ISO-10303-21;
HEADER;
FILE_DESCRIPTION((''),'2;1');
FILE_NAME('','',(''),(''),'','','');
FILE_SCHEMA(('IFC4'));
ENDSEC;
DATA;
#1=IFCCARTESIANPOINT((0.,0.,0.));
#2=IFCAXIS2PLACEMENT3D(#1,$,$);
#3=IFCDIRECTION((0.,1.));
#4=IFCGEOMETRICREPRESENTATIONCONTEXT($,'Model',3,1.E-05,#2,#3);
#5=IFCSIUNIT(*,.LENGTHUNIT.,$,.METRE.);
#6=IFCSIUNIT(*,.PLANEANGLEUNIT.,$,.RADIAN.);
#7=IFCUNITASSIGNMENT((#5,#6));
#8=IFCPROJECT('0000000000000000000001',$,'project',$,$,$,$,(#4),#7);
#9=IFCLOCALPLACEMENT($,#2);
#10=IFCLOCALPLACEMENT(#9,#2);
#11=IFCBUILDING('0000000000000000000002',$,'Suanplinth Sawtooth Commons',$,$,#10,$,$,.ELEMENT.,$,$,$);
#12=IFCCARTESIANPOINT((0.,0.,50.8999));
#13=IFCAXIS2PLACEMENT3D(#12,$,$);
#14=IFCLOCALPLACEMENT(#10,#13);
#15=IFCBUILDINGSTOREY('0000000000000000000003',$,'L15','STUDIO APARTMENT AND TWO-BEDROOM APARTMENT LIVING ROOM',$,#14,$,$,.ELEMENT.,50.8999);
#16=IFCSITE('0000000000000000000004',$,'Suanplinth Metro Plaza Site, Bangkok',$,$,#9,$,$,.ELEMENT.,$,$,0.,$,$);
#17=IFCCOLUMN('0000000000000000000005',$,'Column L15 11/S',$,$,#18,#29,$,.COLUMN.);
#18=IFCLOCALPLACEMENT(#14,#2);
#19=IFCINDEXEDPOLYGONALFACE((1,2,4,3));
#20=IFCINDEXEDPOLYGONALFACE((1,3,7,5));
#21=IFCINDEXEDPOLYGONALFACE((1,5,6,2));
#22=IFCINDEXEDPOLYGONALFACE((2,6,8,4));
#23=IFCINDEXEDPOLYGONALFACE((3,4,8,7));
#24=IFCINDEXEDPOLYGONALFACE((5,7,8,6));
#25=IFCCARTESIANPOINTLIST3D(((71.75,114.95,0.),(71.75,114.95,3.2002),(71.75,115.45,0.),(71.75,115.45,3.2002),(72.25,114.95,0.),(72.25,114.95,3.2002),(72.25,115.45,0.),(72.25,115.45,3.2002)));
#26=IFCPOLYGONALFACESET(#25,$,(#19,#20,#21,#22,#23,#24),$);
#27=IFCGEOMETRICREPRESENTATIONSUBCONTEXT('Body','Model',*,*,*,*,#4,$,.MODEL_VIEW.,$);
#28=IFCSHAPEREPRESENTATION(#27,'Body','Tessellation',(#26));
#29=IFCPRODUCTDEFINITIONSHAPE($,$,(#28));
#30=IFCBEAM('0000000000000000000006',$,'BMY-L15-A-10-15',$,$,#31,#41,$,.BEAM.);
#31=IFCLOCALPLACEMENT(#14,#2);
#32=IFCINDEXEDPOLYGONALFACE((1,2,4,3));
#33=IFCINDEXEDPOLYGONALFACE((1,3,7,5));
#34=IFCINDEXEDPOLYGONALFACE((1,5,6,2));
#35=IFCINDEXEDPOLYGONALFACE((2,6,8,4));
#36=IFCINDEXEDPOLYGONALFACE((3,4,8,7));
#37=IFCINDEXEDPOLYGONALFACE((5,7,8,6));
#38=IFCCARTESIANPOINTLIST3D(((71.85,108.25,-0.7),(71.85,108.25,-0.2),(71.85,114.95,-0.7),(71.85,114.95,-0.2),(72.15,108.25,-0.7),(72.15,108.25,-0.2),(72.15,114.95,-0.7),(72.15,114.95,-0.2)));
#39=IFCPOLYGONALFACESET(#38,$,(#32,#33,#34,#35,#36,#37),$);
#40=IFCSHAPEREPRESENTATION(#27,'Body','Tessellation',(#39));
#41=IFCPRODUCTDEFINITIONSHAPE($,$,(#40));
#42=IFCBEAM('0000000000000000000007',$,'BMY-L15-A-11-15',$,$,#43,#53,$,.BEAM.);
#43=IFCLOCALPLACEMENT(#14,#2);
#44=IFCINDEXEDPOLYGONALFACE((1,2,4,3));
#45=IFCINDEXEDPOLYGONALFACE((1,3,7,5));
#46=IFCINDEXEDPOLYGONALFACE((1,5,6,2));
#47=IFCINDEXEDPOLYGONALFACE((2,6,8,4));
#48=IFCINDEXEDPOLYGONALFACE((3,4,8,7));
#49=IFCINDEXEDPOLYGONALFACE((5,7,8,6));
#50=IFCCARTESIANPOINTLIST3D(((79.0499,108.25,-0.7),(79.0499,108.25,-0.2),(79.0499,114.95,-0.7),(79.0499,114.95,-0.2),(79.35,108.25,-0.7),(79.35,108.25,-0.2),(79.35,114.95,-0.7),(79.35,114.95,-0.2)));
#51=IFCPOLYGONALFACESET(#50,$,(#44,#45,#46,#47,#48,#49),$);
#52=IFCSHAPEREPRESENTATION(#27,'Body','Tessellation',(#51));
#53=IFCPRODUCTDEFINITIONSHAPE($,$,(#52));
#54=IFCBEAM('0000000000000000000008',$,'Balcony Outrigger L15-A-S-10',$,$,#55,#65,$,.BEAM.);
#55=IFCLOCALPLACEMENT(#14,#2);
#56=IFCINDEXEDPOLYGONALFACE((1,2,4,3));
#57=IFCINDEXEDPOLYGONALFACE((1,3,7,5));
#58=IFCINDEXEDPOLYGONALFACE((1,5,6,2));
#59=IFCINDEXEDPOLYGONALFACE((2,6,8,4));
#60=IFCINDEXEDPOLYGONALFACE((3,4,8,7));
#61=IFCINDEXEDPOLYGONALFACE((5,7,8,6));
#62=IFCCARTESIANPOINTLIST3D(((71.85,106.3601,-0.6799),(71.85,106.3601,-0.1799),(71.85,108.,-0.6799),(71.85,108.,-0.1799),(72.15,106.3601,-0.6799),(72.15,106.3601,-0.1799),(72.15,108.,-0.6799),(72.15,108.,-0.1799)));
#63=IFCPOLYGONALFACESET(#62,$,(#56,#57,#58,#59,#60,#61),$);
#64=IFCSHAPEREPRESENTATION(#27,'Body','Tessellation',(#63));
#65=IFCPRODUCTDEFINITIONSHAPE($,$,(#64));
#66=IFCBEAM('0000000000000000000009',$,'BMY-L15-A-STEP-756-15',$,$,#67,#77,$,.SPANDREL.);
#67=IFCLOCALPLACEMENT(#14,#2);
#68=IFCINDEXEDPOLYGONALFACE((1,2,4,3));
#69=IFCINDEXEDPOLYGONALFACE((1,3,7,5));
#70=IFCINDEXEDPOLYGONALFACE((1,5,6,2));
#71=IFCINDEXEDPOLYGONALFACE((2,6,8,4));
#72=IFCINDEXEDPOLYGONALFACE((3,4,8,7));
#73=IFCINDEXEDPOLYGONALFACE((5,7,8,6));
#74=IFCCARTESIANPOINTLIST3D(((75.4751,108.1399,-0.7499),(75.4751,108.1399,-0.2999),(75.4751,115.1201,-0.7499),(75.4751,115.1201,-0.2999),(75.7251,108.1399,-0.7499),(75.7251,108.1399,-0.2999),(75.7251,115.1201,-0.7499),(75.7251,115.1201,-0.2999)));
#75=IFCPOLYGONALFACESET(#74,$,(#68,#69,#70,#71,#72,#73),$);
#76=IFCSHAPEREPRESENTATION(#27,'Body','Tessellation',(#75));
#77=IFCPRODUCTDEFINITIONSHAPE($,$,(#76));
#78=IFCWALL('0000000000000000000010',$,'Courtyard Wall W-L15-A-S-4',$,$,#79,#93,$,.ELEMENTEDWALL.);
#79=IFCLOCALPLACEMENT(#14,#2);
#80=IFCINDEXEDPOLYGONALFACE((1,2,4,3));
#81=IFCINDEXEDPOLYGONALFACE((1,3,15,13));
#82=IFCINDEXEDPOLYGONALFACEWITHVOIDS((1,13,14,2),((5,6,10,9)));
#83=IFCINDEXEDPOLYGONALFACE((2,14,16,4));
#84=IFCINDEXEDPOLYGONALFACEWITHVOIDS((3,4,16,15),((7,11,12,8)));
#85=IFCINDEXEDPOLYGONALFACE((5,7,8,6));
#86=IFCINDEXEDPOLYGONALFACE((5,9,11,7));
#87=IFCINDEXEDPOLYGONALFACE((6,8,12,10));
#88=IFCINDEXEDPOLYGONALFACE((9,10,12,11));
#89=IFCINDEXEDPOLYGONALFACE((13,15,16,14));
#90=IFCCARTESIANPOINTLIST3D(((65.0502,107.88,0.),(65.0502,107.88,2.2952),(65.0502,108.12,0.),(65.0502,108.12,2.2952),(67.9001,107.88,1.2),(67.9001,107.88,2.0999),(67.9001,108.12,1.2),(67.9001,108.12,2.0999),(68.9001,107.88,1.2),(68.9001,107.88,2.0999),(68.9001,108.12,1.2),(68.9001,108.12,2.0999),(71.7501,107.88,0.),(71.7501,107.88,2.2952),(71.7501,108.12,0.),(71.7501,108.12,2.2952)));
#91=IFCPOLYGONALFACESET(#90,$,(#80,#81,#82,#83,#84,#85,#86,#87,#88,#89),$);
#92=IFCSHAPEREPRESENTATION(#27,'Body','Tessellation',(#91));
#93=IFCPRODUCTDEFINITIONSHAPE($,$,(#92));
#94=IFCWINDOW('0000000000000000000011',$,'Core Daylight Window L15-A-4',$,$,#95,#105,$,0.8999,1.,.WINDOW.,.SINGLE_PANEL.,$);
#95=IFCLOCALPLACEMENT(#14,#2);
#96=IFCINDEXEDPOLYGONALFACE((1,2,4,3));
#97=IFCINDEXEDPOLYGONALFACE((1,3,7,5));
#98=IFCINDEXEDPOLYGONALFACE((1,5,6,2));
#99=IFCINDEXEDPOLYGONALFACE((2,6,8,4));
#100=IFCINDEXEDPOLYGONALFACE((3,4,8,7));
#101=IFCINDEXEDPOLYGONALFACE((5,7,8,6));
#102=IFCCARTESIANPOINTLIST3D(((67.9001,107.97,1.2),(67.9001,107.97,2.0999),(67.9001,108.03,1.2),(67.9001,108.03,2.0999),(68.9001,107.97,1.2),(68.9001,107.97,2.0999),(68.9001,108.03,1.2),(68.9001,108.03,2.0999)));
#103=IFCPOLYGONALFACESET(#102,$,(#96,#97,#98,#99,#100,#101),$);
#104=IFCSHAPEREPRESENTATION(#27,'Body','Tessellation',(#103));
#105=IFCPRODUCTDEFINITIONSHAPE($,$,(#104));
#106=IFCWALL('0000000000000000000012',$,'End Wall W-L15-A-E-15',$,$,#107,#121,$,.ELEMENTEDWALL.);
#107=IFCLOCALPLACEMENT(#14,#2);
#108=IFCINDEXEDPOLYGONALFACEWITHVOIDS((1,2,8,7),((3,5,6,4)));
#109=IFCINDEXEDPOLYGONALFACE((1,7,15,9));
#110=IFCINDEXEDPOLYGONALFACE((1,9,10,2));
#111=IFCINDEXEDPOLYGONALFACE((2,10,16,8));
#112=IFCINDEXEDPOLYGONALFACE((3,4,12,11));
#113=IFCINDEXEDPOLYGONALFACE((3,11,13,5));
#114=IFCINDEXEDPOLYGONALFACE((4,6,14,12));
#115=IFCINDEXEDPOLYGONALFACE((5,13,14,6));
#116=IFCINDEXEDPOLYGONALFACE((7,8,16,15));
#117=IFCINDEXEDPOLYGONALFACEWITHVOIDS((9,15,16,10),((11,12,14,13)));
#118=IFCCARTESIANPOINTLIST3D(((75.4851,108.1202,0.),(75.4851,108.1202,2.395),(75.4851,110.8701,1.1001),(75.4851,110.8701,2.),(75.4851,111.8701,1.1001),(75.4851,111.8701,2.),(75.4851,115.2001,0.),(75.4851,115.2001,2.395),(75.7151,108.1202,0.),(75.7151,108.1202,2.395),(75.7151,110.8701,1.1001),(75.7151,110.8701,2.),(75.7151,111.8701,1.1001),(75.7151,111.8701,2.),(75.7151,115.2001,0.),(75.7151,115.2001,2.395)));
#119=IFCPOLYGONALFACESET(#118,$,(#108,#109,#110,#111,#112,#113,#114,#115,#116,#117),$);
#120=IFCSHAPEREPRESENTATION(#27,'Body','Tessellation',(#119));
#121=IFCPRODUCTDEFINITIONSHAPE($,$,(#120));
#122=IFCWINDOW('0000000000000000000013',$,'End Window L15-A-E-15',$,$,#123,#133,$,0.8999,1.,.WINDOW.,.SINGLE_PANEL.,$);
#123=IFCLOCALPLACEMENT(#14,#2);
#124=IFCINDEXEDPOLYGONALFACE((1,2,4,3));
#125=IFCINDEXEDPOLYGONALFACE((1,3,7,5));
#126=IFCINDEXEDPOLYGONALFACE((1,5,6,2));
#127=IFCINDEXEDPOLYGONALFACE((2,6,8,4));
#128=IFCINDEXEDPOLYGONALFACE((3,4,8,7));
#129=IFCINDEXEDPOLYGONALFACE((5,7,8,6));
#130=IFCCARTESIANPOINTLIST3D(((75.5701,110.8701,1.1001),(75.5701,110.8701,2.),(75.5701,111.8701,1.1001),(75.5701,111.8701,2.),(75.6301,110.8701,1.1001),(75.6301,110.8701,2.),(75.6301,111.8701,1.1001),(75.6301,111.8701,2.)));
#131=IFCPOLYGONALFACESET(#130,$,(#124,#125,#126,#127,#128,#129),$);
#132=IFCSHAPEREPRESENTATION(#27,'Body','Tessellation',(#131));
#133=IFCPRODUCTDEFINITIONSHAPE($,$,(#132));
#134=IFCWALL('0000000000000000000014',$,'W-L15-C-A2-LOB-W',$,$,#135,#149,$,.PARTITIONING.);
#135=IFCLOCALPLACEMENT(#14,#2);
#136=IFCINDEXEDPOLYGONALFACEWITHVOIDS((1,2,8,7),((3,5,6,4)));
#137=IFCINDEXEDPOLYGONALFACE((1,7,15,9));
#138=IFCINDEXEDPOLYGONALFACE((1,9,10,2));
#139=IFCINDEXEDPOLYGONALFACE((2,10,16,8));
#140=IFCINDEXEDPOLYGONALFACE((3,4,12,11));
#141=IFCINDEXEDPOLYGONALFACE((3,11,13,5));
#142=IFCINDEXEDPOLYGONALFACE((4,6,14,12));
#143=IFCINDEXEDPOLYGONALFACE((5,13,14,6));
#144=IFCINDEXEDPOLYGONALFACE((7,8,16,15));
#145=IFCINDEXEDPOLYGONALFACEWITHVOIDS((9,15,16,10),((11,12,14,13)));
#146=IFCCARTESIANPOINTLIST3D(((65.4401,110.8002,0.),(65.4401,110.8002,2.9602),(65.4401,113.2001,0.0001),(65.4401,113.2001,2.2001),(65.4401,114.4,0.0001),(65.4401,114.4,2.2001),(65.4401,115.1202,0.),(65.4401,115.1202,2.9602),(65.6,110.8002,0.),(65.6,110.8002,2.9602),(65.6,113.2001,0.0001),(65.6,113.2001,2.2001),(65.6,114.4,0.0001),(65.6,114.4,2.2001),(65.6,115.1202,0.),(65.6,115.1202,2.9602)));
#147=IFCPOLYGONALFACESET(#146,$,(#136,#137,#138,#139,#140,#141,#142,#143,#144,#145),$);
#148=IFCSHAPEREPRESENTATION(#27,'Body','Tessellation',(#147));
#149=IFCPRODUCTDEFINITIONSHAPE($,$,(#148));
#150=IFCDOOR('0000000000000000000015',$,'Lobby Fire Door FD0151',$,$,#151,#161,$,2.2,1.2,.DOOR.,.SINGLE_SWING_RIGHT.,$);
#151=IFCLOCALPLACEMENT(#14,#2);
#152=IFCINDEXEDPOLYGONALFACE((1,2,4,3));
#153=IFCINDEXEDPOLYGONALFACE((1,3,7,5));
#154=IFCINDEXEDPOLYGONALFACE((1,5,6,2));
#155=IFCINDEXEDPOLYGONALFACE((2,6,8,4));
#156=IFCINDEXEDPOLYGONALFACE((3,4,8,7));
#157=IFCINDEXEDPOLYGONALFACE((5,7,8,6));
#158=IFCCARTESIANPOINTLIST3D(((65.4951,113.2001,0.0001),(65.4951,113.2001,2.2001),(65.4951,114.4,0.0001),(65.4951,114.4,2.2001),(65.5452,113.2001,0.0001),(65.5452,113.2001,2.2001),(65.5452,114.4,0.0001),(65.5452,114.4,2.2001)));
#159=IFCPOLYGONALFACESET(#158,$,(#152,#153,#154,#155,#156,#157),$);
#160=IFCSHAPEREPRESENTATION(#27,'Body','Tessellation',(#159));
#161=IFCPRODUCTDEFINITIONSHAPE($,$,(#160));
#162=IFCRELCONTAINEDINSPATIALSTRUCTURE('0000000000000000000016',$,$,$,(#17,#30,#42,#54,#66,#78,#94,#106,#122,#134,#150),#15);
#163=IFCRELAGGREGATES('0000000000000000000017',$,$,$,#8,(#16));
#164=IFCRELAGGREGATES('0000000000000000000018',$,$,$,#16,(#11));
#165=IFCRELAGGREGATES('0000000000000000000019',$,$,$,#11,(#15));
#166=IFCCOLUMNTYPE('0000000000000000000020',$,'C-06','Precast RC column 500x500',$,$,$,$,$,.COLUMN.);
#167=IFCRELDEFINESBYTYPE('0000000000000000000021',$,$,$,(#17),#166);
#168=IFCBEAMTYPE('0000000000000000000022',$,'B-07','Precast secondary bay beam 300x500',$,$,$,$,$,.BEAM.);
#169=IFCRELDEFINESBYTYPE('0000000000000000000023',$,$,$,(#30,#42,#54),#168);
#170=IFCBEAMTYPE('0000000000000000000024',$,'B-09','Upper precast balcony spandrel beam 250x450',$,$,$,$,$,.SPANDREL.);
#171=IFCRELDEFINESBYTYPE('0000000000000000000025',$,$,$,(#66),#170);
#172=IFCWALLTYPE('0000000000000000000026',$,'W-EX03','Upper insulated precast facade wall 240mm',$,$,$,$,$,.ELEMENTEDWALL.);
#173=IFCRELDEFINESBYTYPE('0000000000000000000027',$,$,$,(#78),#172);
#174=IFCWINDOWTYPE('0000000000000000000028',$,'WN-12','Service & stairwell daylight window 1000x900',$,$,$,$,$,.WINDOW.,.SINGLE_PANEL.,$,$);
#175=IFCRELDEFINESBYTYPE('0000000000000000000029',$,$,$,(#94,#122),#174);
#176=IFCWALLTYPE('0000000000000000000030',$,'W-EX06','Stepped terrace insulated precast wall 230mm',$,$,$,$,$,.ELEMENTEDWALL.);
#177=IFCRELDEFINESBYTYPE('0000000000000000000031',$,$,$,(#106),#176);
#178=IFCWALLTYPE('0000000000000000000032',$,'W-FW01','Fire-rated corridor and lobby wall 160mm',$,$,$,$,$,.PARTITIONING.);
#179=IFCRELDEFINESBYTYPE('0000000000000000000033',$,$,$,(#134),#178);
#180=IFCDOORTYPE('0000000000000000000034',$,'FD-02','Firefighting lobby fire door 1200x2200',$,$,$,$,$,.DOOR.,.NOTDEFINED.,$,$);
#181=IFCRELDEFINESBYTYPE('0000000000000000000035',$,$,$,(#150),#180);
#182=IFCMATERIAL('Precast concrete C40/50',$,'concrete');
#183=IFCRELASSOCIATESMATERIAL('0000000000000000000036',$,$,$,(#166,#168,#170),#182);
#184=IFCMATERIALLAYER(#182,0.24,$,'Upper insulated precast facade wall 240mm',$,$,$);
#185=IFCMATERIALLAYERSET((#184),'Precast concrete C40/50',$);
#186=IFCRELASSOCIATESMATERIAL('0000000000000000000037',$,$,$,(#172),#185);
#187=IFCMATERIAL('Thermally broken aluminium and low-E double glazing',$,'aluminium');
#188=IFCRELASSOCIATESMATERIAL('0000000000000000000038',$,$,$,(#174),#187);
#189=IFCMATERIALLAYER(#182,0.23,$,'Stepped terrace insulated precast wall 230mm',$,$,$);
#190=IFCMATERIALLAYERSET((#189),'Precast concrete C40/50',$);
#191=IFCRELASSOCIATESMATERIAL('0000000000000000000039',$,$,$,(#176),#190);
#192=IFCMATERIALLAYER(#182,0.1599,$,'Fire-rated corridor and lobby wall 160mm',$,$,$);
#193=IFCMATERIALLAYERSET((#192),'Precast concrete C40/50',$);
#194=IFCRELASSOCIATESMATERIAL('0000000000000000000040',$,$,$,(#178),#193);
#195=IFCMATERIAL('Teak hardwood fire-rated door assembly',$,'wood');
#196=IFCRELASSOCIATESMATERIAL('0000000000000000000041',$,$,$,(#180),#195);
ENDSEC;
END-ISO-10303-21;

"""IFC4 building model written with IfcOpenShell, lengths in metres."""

from ifc_helpers import new_model, si_unit, direction, frame, frame_2d, origin, origin_2d, place, context, subcontext, project, spatial, rectangle, extrude, material, layer, layer_set, material_profile, profile_set, type_object, element, fill, save


model = new_model("IFC4")

# Units and contexts
model_context = context("Model", 3, precision=1e-05, world=origin(), true_north=direction((0.0, 1.0)))
body_context = subcontext(model_context, "Body", "Model", "MODEL_VIEW")
ifc_project = project(units=[si_unit("LENGTHUNIT", "METRE"), si_unit("PLANEANGLEUNIT", "RADIAN")], contexts=[model_context])

# Site, building, storey
site_placement = place(None, origin())
site = spatial("IfcSite", under=ifc_project, at=site_placement, Name="Suanplinth Metro Plaza Site, Bangkok", CompositionType="ELEMENT", RefElevation=0.0)
building_placement = place(site_placement, origin())
building = spatial("IfcBuilding", under=site, at=building_placement, Name="Suanplinth Sawtooth Commons", CompositionType="ELEMENT")
storey_placement = place(building_placement, frame((0.0, 0.0, 50.8999)))
storey = spatial("IfcBuildingStorey", under=building, at=storey_placement, Name="L15", Description="STUDIO APARTMENT AND TWO-BEDROOM APARTMENT LIVING ROOM", CompositionType="ELEMENT", Elevation=50.8999)

# Column
ifc_material_1 = material(Name="Precast concrete C40/50", Category="concrete")
ifc_material_profile_1 = material_profile(ifc_material_1, rectangle(XDim=0.5, YDim=0.5, at=origin_2d()), Name="PC-COL 500x500")
ifc_profile_set_1 = profile_set([ifc_material_profile_1], Name="Precast concrete C40/50")
column_type = type_object("IfcColumnType", Name="C-06", Description="Precast RC column 500x500", PredefinedType="COLUMN", material=ifc_profile_set_1)
column_placement = place(storey_placement, frame((72.0, 115.2, 0.0), z_axis=(0.0, 0.0, 1.0), x_axis=(1.0, 0.0, 0.0)))
element("IfcColumn", 1, at=column_placement, inside=storey, type_object=column_type, Name="Column L15 11/S", PredefinedType="COLUMN", context=body_context, shape_type="SweptSolid", body=[
    extrude(rectangle(XDim=0.5, YDim=0.5, at=origin_2d()), origin(), (0.0, 0.0, 1.0), 3.2002),
])

# Beams
ifc_material_profile_2 = material_profile(ifc_material_1, rectangle(XDim=0.3, YDim=0.5, at=origin_2d()), Name="PC-BM 300x500")
ifc_profile_set_2 = profile_set([ifc_material_profile_2], Name="Precast concrete C40/50")
beam_type_1 = type_object("IfcBeamType", Name="B-07", Description="Precast secondary bay beam 300x500", PredefinedType="BEAM", material=ifc_profile_set_2)
for number, where, z_axis, x_axis, name in (
    (2, (72.0, 108.25, -0.45), (0.0, 1.0, 0.0), (-1.0, 0.0, 0.0), "BMY-L15-A-10-15"),
    (3, (79.2, 108.25, -0.45), (0.0, 1.0, 0.0), (-1.0, 0.0, 0.0), "BMY-L15-A-11-15"),
):
    element("IfcBeam", number, at=place(storey_placement, frame(where, z_axis=z_axis, x_axis=x_axis)), inside=storey, type_object=beam_type_1, Name=name, PredefinedType="BEAM", context=body_context, shape_type="SweptSolid", body=[
        extrude(rectangle(XDim=0.3, YDim=0.5, at=origin_2d()), origin(), (0.0, 0.0, 1.0), 6.7),
    ])
beam_1_placement = place(storey_placement, frame((72.0, 108.0, -0.4299), z_axis=(0.0, -1.0, 0.0), x_axis=(1.0, 0.0, 0.0)))
element("IfcBeam", 4, at=beam_1_placement, inside=storey, type_object=beam_type_1, Name="Balcony Outrigger L15-A-S-10", PredefinedType="BEAM", context=body_context, shape_type="SweptSolid", body=[
    extrude(rectangle(XDim=0.3, YDim=0.5, at=origin_2d()), origin(), (0.0, 0.0, 1.0), 1.6399),
])
ifc_material_profile_3 = material_profile(ifc_material_1, rectangle(XDim=0.25, YDim=0.45, at=origin_2d()), Name="PC-SP 250x450")
ifc_profile_set_3 = profile_set([ifc_material_profile_3], Name="Precast concrete C40/50")
beam_type_2 = type_object("IfcBeamType", Name="B-09", Description="Upper precast balcony spandrel beam 250x450", PredefinedType="SPANDREL", material=ifc_profile_set_3)
beam_2_placement = place(storey_placement, frame((75.6001, 108.1399, -0.5249), z_axis=(0.0, 1.0, 0.0), x_axis=(-1.0, 0.0, 0.0)))
element("IfcBeam", 5, at=beam_2_placement, inside=storey, type_object=beam_type_2, Name="BMY-L15-A-STEP-756-15", PredefinedType="SPANDREL", context=body_context, shape_type="SweptSolid", body=[
    extrude(rectangle(XDim=0.25, YDim=0.45, at=origin_2d()), origin(), (0.0, 0.0, 1.0), 6.9802),
])

# Wall, opening, window
ifc_layer_1 = layer(ifc_material_1, 0.24, Name="Upper insulated precast facade wall 240mm")
ifc_layer_set_1 = layer_set([ifc_layer_1], Name="Precast concrete C40/50")
wall_type_1 = type_object("IfcWallType", Name="W-EX03", Description="Upper insulated precast facade wall 240mm", PredefinedType="ELEMENTEDWALL", material=ifc_layer_set_1)
wall_1_placement = place(storey_placement, frame((65.05, 108.0, 0.0), z_axis=(0.0, 0.0, 1.0), x_axis=(1.0, 0.0, 0.0)))
wall_1 = element("IfcWall", 6, at=wall_1_placement, inside=storey, type_object=wall_type_1, Name="Courtyard Wall W-L15-A-S-4", PredefinedType="ELEMENTEDWALL", context=body_context, shape_type="SweptSolid", body=[
    extrude(rectangle(XDim=6.7, YDim=0.24, at=frame_2d((3.3501, 0.0))), origin(), (0.0, 0.0, 1.0), 2.2952),
])
opening_1_placement = place(wall_1_placement, frame((2.8501, 0.0, 1.2)))
opening_1 = element("IfcOpeningElement", 7, at=opening_1_placement, cuts=wall_1, PredefinedType="OPENING", context=body_context, shape_type="SweptSolid", body=[
    extrude(rectangle(XDim=1.0, YDim=0.8999, at=frame_2d((0.5, 0.45))), frame((0.0, 0.1348, 0.0), z_axis=(0.0, -1.0, 0.0), x_axis=(1.0, 0.0, 0.0)), (0.0, 0.0, 1.0), 0.2698),
])
ifc_material_2 = material(Name="Thermally broken aluminium and low-E double glazing", Category="aluminium")
window_type = type_object("IfcWindowType", Name="WN-12", Description="Service & stairwell daylight window 1000x900", PartitioningType="SINGLE_PANEL", PredefinedType="WINDOW", material=ifc_material_2)
window_1_placement = place(opening_1_placement, origin())
window_1 = element("IfcWindow", 8, at=window_1_placement, inside=storey, type_object=window_type, Name="Core Daylight Window L15-A-4", OverallHeight=0.8999, OverallWidth=1.0, PartitioningType="SINGLE_PANEL", PredefinedType="WINDOW", context=body_context, shape_type="SweptSolid", body=[
    extrude(rectangle(XDim=1.0, YDim=0.8999, at=frame_2d((0.5, 0.45))), frame((0.0, 0.03, 0.0), z_axis=(0.0, -1.0, 0.0), x_axis=(1.0, 0.0, 0.0)), (0.0, 0.0, 1.0), 0.0601),
])
fill(opening_1, window_1)

# Wall, opening, window
ifc_layer_2 = layer(ifc_material_1, 0.23, Name="Stepped terrace insulated precast wall 230mm")
ifc_layer_set_2 = layer_set([ifc_layer_2], Name="Precast concrete C40/50")
wall_type_2 = type_object("IfcWallType", Name="W-EX06", Description="Stepped terrace insulated precast wall 230mm", PredefinedType="ELEMENTEDWALL", material=ifc_layer_set_2)
wall_2_placement = place(storey_placement, frame((75.6001, 108.1201, 0.0), z_axis=(0.0, 0.0, 1.0), x_axis=(0.0, 1.0, 0.0)))
wall_2 = element("IfcWall", 9, at=wall_2_placement, inside=storey, type_object=wall_type_2, Name="End Wall W-L15-A-E-15", PredefinedType="ELEMENTEDWALL", context=body_context, shape_type="SweptSolid", body=[
    extrude(rectangle(XDim=7.0798, YDim=0.23, at=frame_2d((3.54, 0.0))), origin(), (0.0, 0.0, 1.0), 2.395),
])
opening_2_placement = place(wall_2_placement, frame((2.75, 0.0, 1.1001)))
opening_2 = element("IfcOpeningElement", 10, at=opening_2_placement, cuts=wall_2, PredefinedType="OPENING", context=body_context, shape_type="SweptSolid", body=[
    extrude(rectangle(XDim=1.0, YDim=0.8999, at=frame_2d((0.5, 0.45))), frame((0.0, 0.1299, 0.0), z_axis=(0.0, -1.0, 0.0), x_axis=(1.0, 0.0, 0.0)), (0.0, 0.0, 1.0), 0.2598),
])
window_2_placement = place(opening_2_placement, origin())
window_2 = element("IfcWindow", 11, at=window_2_placement, inside=storey, type_object=window_type, Name="End Window L15-A-E-15", OverallHeight=0.8999, OverallWidth=1.0, PartitioningType="SINGLE_PANEL", PredefinedType="WINDOW", context=body_context, shape_type="SweptSolid", body=[
    extrude(rectangle(XDim=1.0, YDim=0.8999, at=frame_2d((0.5, 0.45))), frame((0.0, 0.03, 0.0), z_axis=(0.0, -1.0, 0.0), x_axis=(1.0, 0.0, 0.0)), (0.0, 0.0, 1.0), 0.0601),
])
fill(opening_2, window_2)

# Wall, opening, door
ifc_layer_3 = layer(ifc_material_1, 0.1599, Name="Fire-rated corridor and lobby wall 160mm")
ifc_layer_set_3 = layer_set([ifc_layer_3], Name="Precast concrete C40/50")
wall_type_3 = type_object("IfcWallType", Name="W-FW01", Description="Fire-rated corridor and lobby wall 160mm", PredefinedType="PARTITIONING", material=ifc_layer_set_3)
wall_3_placement = place(storey_placement, frame((65.52, 110.8, 0.0), z_axis=(0.0, 0.0, 1.0), x_axis=(0.0, 1.0, 0.0)))
wall_3 = element("IfcWall", 12, at=wall_3_placement, inside=storey, type_object=wall_type_3, Name="W-L15-C-A2-LOB-W", PredefinedType="PARTITIONING", context=body_context, shape_type="SweptSolid", body=[
    extrude(rectangle(XDim=4.3201, YDim=0.1599, at=frame_2d((2.1602, 0.0))), origin(), (0.0, 0.0, 1.0), 2.9602),
])
opening_3_placement = place(wall_3_placement, frame((2.3999, 0.0, 0.0)))
opening_3 = element("IfcOpeningElement", 13, at=opening_3_placement, cuts=wall_3, PredefinedType="OPENING", context=body_context, shape_type="SweptSolid", body=[
    extrude(rectangle(XDim=1.2, YDim=2.2, at=frame_2d((0.6001, 1.1001))), frame((0.0, 0.0947, 0.0), z_axis=(0.0, -1.0, 0.0), x_axis=(1.0, 0.0, 0.0)), (0.0, 0.0, 1.0), 0.1897),
])
ifc_material_3 = material(Name="Teak hardwood fire-rated door assembly", Category="wood")
door_type_1 = type_object("IfcDoorType", Name="FD-02", Description="Firefighting lobby fire door 1200x2200", OperationType="NOTDEFINED", PredefinedType="DOOR", material=ifc_material_3)
door_1_placement = place(opening_3_placement, origin())
door_1 = element("IfcDoor", 14, at=door_1_placement, inside=storey, type_object=door_type_1, Name="Lobby Fire Door FD0151", OperationType="SINGLE_SWING_RIGHT", OverallHeight=2.2, OverallWidth=1.2, PredefinedType="DOOR", context=body_context, shape_type="SweptSolid", body=[
    extrude(rectangle(XDim=1.2, YDim=2.2, at=frame_2d((0.6001, 1.1001))), frame((0.0, 0.0249, 0.0), z_axis=(0.0, -1.0, 0.0), x_axis=(1.0, 0.0, 0.0)), (0.0, 0.0, 1.0), 0.05),
])
fill(opening_3, door_1)

save(model, "model.ifc")
